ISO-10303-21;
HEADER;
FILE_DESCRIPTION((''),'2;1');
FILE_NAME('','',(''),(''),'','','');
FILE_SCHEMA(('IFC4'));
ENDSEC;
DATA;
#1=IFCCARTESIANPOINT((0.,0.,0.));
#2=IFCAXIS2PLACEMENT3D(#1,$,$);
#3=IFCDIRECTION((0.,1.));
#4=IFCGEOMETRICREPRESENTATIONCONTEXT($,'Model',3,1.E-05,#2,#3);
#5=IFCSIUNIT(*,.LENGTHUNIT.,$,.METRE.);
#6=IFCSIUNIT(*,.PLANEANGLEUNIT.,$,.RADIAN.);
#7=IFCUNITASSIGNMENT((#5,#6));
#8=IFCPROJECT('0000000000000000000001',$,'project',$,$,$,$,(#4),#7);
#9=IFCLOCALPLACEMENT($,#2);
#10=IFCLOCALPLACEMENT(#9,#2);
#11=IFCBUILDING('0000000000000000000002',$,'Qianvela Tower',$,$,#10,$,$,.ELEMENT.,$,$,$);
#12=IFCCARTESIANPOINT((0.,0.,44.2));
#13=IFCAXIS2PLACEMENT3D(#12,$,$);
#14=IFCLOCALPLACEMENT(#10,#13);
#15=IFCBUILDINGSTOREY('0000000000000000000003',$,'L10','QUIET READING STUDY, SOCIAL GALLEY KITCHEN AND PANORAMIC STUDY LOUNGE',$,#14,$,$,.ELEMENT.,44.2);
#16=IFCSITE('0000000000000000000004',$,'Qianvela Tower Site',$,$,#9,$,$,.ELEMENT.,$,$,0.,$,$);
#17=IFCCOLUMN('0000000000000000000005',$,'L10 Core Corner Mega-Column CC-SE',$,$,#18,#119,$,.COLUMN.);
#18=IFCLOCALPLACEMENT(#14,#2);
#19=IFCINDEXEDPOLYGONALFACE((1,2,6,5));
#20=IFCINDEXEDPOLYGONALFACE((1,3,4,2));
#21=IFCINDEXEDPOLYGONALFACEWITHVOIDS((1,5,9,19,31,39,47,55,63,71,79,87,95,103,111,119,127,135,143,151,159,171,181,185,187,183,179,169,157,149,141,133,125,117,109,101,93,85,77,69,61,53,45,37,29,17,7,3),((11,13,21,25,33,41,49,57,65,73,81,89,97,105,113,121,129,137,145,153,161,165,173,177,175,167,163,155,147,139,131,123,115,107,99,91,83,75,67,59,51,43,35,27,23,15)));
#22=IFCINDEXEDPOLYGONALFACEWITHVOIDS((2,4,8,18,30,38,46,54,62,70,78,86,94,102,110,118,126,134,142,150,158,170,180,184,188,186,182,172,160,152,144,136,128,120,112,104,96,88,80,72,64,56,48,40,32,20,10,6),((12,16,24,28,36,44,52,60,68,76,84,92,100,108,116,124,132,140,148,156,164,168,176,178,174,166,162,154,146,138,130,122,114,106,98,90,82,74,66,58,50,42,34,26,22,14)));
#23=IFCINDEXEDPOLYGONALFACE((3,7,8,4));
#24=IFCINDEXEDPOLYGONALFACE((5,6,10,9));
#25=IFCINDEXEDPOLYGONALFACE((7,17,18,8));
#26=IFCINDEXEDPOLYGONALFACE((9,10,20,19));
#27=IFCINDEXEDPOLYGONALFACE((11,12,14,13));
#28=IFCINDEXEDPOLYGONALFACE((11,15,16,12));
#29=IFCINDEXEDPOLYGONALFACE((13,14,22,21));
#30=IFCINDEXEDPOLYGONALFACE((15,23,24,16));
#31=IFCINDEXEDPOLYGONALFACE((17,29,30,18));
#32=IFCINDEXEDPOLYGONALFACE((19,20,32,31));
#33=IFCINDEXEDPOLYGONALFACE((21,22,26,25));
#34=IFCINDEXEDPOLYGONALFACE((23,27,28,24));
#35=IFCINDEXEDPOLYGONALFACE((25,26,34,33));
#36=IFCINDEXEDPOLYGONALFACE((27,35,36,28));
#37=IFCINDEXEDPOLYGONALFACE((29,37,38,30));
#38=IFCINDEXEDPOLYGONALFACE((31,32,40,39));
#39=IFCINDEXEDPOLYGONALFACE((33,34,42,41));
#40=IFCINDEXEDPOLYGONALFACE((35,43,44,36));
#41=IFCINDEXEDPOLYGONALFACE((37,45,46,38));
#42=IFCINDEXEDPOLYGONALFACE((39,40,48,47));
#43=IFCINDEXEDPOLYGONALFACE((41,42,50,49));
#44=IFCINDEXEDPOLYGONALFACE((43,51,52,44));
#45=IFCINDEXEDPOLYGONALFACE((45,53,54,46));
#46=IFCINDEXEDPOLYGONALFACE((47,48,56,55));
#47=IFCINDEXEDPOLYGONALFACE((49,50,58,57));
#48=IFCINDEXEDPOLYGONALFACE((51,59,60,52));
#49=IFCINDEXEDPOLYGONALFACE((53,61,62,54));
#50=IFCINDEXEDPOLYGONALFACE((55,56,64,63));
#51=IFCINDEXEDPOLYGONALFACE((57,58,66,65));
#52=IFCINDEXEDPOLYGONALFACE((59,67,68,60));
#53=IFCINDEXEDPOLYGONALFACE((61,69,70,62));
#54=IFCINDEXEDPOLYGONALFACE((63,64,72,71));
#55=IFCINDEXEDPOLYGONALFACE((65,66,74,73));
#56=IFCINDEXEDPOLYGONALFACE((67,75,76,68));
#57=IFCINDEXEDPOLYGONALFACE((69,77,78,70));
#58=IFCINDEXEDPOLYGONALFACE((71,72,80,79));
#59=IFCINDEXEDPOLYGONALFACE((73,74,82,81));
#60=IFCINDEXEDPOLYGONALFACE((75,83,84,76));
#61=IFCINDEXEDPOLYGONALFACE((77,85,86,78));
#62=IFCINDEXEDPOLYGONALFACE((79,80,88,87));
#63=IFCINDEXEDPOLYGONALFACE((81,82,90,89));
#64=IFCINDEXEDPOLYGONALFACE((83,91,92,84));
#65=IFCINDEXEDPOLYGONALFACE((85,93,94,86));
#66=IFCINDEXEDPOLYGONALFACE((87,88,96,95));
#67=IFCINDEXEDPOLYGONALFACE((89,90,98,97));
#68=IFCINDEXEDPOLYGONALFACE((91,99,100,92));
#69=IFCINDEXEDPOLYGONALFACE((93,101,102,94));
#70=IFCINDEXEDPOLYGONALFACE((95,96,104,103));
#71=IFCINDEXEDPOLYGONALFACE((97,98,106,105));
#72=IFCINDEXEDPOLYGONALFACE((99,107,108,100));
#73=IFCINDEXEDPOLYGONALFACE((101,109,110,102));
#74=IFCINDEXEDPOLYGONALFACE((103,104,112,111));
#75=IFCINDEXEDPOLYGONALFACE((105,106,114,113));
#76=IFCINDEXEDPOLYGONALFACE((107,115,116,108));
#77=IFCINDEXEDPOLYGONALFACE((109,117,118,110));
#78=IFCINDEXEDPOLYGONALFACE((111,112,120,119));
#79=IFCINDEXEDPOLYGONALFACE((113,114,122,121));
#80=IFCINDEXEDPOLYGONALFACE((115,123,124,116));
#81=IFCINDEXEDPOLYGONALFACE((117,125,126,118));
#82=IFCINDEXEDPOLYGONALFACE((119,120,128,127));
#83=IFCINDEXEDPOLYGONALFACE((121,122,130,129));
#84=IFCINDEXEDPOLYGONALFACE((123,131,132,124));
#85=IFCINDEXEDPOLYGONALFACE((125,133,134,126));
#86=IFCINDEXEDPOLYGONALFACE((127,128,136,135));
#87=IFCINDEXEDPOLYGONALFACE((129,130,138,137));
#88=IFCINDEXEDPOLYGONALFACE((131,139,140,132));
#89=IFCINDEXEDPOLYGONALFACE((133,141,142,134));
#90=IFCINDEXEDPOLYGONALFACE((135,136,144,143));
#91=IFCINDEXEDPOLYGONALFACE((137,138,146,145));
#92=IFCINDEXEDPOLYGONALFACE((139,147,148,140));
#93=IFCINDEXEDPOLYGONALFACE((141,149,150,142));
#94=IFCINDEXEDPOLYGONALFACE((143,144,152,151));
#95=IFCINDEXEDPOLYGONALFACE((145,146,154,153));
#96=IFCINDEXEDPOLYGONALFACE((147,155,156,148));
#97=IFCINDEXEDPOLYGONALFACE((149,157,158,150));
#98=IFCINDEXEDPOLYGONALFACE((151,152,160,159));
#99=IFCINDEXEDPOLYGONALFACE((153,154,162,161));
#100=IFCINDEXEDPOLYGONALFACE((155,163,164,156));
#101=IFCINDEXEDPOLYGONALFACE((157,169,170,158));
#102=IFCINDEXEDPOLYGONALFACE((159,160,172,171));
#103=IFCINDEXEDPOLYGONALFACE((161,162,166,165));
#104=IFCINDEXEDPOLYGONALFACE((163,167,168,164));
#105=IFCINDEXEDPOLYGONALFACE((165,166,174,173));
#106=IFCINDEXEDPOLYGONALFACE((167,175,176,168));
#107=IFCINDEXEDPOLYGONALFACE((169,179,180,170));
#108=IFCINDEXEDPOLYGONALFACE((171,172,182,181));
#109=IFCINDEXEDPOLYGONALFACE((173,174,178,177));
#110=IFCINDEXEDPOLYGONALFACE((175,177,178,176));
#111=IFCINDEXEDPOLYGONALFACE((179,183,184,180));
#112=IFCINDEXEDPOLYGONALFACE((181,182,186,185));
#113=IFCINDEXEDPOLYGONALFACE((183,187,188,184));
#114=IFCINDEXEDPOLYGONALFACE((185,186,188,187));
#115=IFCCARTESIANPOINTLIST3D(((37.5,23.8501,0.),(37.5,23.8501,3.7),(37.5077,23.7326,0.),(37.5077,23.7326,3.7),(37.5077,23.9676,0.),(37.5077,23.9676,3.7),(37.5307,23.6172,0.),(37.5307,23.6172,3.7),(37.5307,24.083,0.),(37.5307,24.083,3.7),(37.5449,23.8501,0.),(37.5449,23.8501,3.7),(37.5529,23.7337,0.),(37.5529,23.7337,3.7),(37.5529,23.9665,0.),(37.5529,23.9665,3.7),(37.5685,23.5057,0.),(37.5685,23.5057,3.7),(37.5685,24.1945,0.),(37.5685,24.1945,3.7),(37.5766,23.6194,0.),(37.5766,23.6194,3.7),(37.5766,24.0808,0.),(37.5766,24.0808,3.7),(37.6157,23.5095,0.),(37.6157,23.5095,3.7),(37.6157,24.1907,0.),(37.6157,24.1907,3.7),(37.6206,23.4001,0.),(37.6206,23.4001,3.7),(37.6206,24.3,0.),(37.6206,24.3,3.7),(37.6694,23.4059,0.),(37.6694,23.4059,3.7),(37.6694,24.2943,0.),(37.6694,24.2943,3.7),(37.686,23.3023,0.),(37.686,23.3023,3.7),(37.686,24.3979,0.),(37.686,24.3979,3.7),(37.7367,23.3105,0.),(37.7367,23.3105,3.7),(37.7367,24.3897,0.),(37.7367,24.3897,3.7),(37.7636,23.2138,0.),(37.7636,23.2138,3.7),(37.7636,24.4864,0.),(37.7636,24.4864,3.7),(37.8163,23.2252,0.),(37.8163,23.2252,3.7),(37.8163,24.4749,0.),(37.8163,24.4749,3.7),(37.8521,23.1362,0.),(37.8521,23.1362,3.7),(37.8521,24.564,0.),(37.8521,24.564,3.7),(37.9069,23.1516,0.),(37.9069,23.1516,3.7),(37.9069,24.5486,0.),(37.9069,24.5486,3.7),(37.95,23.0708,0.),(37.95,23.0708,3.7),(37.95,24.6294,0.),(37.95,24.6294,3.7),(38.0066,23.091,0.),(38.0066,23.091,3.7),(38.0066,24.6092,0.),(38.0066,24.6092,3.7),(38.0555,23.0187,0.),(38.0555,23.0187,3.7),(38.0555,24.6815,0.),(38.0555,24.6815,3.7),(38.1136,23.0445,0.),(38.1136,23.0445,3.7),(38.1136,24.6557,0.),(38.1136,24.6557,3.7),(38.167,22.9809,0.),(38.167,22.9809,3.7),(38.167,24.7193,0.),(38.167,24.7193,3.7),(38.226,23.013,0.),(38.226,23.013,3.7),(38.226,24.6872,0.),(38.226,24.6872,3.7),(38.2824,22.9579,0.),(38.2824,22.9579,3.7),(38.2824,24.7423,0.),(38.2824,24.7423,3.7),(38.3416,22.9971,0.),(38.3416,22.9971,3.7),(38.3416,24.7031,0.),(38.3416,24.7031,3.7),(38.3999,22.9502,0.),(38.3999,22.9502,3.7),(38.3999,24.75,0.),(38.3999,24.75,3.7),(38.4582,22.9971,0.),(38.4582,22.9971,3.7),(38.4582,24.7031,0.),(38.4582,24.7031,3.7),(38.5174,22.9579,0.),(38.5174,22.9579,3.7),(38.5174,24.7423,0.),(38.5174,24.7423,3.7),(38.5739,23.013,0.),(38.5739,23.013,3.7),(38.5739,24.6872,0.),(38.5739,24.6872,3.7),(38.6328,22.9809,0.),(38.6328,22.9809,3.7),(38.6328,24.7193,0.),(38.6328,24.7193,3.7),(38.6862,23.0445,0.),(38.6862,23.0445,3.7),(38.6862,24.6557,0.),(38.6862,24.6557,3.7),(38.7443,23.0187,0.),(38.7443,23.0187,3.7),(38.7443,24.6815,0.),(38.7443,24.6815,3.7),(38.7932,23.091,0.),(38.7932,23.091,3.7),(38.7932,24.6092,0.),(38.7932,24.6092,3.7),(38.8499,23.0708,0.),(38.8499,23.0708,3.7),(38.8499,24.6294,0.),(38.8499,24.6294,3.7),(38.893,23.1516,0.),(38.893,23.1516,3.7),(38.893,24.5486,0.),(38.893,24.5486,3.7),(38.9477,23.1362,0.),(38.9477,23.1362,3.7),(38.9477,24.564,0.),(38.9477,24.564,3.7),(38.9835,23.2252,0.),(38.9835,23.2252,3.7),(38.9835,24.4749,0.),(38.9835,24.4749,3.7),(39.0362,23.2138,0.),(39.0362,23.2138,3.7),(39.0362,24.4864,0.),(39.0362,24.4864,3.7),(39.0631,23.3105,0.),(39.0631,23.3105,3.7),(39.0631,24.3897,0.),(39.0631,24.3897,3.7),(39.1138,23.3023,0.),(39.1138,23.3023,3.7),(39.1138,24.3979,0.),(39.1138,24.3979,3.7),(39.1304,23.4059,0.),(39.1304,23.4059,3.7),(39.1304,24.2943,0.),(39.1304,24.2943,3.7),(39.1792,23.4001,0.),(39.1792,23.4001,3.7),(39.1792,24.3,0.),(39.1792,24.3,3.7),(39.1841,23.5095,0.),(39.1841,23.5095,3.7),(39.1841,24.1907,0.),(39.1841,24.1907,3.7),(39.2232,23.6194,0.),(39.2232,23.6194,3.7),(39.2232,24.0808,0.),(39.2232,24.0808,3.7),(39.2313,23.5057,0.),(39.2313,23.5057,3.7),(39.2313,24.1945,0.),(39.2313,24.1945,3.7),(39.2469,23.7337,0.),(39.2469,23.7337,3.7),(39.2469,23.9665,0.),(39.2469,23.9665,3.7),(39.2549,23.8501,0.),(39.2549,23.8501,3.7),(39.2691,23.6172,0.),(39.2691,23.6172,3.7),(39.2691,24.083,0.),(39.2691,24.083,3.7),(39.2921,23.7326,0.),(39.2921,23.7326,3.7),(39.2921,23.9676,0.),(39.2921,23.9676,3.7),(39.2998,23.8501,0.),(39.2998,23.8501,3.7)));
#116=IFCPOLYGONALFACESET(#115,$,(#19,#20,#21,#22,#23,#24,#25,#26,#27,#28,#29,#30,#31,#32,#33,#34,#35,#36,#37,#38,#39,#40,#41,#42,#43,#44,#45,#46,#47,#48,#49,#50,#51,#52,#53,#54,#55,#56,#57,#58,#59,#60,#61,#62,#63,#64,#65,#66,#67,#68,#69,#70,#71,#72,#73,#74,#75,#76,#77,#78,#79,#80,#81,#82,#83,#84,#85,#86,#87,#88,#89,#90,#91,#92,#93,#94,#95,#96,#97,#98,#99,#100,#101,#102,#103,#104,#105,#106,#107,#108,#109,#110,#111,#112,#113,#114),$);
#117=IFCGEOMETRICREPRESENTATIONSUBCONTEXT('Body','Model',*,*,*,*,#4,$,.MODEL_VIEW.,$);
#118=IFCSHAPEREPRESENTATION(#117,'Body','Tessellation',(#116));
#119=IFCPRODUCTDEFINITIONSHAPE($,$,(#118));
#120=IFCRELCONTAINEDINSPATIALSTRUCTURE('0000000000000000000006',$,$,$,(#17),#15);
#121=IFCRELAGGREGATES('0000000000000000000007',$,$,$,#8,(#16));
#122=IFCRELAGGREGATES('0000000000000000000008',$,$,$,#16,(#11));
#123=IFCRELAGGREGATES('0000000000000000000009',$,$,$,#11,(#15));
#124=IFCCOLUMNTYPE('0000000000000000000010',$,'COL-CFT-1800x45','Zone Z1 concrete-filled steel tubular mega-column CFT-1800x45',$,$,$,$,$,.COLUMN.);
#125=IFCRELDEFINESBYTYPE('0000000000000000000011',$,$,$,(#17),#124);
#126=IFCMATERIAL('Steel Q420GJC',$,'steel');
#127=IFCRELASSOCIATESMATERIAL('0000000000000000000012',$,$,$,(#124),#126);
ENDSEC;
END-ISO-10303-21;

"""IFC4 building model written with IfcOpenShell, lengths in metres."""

from ifc_helpers import new_model, si_unit, direction, frame, origin, origin_2d, place, context, subcontext, project, spatial, hollow_circle, extrude, material, material_profile, profile_set, type_object, element, save


model = new_model("IFC4")

# Units and contexts
model_context = context("Model", 3, precision=1e-05, world=origin(), true_north=direction((0.0, 1.0)))
body_context = subcontext(model_context, "Body", "Model", "MODEL_VIEW")
ifc_project = project(units=[si_unit("LENGTHUNIT", "METRE"), si_unit("PLANEANGLEUNIT", "RADIAN")], contexts=[model_context])

# Site, building, storey
site_placement = place(None, origin())
site = spatial("IfcSite", under=ifc_project, at=site_placement, Name="Qianvela Tower Site", CompositionType="ELEMENT", RefElevation=0.0)
building_placement = place(site_placement, origin())
building = spatial("IfcBuilding", under=site, at=building_placement, Name="Qianvela Tower", CompositionType="ELEMENT")
storey_placement = place(building_placement, frame((0.0, 0.0, 44.2)))
storey = spatial("IfcBuildingStorey", under=building, at=storey_placement, Name="L10", Description="QUIET READING STUDY, SOCIAL GALLEY KITCHEN AND PANORAMIC STUDY LOUNGE", CompositionType="ELEMENT", Elevation=44.2)

# Column
ifc_material_1 = material(Name="Steel Q420GJC", Category="steel")
ifc_material_profile_1 = material_profile(ifc_material_1, hollow_circle(Radius=0.8999, WallThickness=0.0449, at=origin_2d()), Name="CFT-1800x45")
ifc_profile_set_1 = profile_set([ifc_material_profile_1], Name="Steel Q420GJC")
column_type = type_object("IfcColumnType", Name="COL-CFT-1800x45", Description="Zone Z1 concrete-filled steel tubular mega-column CFT-1800x45", PredefinedType="COLUMN", material=ifc_profile_set_1)
for number, where, z_axis, x_axis, name in (
    (1, (38.3999, 23.8501, 0.0), (0.0, 0.0, 1.0), (1.0, 0.0, 0.0), "L10 Core Corner Mega-Column CC-SE"),
):
    element("IfcColumn", number, at=place(storey_placement, frame(where, z_axis=z_axis, x_axis=x_axis)), inside=storey, type_object=column_type, Name=name, PredefinedType="COLUMN", context=body_context, shape_type="SweptSolid", body=[
        extrude(hollow_circle(Radius=0.8999, WallThickness=0.0449, at=origin_2d()), origin(), (0.0, 0.0, 1.0), 3.7),
    ])

save(model, "model.ifc")
